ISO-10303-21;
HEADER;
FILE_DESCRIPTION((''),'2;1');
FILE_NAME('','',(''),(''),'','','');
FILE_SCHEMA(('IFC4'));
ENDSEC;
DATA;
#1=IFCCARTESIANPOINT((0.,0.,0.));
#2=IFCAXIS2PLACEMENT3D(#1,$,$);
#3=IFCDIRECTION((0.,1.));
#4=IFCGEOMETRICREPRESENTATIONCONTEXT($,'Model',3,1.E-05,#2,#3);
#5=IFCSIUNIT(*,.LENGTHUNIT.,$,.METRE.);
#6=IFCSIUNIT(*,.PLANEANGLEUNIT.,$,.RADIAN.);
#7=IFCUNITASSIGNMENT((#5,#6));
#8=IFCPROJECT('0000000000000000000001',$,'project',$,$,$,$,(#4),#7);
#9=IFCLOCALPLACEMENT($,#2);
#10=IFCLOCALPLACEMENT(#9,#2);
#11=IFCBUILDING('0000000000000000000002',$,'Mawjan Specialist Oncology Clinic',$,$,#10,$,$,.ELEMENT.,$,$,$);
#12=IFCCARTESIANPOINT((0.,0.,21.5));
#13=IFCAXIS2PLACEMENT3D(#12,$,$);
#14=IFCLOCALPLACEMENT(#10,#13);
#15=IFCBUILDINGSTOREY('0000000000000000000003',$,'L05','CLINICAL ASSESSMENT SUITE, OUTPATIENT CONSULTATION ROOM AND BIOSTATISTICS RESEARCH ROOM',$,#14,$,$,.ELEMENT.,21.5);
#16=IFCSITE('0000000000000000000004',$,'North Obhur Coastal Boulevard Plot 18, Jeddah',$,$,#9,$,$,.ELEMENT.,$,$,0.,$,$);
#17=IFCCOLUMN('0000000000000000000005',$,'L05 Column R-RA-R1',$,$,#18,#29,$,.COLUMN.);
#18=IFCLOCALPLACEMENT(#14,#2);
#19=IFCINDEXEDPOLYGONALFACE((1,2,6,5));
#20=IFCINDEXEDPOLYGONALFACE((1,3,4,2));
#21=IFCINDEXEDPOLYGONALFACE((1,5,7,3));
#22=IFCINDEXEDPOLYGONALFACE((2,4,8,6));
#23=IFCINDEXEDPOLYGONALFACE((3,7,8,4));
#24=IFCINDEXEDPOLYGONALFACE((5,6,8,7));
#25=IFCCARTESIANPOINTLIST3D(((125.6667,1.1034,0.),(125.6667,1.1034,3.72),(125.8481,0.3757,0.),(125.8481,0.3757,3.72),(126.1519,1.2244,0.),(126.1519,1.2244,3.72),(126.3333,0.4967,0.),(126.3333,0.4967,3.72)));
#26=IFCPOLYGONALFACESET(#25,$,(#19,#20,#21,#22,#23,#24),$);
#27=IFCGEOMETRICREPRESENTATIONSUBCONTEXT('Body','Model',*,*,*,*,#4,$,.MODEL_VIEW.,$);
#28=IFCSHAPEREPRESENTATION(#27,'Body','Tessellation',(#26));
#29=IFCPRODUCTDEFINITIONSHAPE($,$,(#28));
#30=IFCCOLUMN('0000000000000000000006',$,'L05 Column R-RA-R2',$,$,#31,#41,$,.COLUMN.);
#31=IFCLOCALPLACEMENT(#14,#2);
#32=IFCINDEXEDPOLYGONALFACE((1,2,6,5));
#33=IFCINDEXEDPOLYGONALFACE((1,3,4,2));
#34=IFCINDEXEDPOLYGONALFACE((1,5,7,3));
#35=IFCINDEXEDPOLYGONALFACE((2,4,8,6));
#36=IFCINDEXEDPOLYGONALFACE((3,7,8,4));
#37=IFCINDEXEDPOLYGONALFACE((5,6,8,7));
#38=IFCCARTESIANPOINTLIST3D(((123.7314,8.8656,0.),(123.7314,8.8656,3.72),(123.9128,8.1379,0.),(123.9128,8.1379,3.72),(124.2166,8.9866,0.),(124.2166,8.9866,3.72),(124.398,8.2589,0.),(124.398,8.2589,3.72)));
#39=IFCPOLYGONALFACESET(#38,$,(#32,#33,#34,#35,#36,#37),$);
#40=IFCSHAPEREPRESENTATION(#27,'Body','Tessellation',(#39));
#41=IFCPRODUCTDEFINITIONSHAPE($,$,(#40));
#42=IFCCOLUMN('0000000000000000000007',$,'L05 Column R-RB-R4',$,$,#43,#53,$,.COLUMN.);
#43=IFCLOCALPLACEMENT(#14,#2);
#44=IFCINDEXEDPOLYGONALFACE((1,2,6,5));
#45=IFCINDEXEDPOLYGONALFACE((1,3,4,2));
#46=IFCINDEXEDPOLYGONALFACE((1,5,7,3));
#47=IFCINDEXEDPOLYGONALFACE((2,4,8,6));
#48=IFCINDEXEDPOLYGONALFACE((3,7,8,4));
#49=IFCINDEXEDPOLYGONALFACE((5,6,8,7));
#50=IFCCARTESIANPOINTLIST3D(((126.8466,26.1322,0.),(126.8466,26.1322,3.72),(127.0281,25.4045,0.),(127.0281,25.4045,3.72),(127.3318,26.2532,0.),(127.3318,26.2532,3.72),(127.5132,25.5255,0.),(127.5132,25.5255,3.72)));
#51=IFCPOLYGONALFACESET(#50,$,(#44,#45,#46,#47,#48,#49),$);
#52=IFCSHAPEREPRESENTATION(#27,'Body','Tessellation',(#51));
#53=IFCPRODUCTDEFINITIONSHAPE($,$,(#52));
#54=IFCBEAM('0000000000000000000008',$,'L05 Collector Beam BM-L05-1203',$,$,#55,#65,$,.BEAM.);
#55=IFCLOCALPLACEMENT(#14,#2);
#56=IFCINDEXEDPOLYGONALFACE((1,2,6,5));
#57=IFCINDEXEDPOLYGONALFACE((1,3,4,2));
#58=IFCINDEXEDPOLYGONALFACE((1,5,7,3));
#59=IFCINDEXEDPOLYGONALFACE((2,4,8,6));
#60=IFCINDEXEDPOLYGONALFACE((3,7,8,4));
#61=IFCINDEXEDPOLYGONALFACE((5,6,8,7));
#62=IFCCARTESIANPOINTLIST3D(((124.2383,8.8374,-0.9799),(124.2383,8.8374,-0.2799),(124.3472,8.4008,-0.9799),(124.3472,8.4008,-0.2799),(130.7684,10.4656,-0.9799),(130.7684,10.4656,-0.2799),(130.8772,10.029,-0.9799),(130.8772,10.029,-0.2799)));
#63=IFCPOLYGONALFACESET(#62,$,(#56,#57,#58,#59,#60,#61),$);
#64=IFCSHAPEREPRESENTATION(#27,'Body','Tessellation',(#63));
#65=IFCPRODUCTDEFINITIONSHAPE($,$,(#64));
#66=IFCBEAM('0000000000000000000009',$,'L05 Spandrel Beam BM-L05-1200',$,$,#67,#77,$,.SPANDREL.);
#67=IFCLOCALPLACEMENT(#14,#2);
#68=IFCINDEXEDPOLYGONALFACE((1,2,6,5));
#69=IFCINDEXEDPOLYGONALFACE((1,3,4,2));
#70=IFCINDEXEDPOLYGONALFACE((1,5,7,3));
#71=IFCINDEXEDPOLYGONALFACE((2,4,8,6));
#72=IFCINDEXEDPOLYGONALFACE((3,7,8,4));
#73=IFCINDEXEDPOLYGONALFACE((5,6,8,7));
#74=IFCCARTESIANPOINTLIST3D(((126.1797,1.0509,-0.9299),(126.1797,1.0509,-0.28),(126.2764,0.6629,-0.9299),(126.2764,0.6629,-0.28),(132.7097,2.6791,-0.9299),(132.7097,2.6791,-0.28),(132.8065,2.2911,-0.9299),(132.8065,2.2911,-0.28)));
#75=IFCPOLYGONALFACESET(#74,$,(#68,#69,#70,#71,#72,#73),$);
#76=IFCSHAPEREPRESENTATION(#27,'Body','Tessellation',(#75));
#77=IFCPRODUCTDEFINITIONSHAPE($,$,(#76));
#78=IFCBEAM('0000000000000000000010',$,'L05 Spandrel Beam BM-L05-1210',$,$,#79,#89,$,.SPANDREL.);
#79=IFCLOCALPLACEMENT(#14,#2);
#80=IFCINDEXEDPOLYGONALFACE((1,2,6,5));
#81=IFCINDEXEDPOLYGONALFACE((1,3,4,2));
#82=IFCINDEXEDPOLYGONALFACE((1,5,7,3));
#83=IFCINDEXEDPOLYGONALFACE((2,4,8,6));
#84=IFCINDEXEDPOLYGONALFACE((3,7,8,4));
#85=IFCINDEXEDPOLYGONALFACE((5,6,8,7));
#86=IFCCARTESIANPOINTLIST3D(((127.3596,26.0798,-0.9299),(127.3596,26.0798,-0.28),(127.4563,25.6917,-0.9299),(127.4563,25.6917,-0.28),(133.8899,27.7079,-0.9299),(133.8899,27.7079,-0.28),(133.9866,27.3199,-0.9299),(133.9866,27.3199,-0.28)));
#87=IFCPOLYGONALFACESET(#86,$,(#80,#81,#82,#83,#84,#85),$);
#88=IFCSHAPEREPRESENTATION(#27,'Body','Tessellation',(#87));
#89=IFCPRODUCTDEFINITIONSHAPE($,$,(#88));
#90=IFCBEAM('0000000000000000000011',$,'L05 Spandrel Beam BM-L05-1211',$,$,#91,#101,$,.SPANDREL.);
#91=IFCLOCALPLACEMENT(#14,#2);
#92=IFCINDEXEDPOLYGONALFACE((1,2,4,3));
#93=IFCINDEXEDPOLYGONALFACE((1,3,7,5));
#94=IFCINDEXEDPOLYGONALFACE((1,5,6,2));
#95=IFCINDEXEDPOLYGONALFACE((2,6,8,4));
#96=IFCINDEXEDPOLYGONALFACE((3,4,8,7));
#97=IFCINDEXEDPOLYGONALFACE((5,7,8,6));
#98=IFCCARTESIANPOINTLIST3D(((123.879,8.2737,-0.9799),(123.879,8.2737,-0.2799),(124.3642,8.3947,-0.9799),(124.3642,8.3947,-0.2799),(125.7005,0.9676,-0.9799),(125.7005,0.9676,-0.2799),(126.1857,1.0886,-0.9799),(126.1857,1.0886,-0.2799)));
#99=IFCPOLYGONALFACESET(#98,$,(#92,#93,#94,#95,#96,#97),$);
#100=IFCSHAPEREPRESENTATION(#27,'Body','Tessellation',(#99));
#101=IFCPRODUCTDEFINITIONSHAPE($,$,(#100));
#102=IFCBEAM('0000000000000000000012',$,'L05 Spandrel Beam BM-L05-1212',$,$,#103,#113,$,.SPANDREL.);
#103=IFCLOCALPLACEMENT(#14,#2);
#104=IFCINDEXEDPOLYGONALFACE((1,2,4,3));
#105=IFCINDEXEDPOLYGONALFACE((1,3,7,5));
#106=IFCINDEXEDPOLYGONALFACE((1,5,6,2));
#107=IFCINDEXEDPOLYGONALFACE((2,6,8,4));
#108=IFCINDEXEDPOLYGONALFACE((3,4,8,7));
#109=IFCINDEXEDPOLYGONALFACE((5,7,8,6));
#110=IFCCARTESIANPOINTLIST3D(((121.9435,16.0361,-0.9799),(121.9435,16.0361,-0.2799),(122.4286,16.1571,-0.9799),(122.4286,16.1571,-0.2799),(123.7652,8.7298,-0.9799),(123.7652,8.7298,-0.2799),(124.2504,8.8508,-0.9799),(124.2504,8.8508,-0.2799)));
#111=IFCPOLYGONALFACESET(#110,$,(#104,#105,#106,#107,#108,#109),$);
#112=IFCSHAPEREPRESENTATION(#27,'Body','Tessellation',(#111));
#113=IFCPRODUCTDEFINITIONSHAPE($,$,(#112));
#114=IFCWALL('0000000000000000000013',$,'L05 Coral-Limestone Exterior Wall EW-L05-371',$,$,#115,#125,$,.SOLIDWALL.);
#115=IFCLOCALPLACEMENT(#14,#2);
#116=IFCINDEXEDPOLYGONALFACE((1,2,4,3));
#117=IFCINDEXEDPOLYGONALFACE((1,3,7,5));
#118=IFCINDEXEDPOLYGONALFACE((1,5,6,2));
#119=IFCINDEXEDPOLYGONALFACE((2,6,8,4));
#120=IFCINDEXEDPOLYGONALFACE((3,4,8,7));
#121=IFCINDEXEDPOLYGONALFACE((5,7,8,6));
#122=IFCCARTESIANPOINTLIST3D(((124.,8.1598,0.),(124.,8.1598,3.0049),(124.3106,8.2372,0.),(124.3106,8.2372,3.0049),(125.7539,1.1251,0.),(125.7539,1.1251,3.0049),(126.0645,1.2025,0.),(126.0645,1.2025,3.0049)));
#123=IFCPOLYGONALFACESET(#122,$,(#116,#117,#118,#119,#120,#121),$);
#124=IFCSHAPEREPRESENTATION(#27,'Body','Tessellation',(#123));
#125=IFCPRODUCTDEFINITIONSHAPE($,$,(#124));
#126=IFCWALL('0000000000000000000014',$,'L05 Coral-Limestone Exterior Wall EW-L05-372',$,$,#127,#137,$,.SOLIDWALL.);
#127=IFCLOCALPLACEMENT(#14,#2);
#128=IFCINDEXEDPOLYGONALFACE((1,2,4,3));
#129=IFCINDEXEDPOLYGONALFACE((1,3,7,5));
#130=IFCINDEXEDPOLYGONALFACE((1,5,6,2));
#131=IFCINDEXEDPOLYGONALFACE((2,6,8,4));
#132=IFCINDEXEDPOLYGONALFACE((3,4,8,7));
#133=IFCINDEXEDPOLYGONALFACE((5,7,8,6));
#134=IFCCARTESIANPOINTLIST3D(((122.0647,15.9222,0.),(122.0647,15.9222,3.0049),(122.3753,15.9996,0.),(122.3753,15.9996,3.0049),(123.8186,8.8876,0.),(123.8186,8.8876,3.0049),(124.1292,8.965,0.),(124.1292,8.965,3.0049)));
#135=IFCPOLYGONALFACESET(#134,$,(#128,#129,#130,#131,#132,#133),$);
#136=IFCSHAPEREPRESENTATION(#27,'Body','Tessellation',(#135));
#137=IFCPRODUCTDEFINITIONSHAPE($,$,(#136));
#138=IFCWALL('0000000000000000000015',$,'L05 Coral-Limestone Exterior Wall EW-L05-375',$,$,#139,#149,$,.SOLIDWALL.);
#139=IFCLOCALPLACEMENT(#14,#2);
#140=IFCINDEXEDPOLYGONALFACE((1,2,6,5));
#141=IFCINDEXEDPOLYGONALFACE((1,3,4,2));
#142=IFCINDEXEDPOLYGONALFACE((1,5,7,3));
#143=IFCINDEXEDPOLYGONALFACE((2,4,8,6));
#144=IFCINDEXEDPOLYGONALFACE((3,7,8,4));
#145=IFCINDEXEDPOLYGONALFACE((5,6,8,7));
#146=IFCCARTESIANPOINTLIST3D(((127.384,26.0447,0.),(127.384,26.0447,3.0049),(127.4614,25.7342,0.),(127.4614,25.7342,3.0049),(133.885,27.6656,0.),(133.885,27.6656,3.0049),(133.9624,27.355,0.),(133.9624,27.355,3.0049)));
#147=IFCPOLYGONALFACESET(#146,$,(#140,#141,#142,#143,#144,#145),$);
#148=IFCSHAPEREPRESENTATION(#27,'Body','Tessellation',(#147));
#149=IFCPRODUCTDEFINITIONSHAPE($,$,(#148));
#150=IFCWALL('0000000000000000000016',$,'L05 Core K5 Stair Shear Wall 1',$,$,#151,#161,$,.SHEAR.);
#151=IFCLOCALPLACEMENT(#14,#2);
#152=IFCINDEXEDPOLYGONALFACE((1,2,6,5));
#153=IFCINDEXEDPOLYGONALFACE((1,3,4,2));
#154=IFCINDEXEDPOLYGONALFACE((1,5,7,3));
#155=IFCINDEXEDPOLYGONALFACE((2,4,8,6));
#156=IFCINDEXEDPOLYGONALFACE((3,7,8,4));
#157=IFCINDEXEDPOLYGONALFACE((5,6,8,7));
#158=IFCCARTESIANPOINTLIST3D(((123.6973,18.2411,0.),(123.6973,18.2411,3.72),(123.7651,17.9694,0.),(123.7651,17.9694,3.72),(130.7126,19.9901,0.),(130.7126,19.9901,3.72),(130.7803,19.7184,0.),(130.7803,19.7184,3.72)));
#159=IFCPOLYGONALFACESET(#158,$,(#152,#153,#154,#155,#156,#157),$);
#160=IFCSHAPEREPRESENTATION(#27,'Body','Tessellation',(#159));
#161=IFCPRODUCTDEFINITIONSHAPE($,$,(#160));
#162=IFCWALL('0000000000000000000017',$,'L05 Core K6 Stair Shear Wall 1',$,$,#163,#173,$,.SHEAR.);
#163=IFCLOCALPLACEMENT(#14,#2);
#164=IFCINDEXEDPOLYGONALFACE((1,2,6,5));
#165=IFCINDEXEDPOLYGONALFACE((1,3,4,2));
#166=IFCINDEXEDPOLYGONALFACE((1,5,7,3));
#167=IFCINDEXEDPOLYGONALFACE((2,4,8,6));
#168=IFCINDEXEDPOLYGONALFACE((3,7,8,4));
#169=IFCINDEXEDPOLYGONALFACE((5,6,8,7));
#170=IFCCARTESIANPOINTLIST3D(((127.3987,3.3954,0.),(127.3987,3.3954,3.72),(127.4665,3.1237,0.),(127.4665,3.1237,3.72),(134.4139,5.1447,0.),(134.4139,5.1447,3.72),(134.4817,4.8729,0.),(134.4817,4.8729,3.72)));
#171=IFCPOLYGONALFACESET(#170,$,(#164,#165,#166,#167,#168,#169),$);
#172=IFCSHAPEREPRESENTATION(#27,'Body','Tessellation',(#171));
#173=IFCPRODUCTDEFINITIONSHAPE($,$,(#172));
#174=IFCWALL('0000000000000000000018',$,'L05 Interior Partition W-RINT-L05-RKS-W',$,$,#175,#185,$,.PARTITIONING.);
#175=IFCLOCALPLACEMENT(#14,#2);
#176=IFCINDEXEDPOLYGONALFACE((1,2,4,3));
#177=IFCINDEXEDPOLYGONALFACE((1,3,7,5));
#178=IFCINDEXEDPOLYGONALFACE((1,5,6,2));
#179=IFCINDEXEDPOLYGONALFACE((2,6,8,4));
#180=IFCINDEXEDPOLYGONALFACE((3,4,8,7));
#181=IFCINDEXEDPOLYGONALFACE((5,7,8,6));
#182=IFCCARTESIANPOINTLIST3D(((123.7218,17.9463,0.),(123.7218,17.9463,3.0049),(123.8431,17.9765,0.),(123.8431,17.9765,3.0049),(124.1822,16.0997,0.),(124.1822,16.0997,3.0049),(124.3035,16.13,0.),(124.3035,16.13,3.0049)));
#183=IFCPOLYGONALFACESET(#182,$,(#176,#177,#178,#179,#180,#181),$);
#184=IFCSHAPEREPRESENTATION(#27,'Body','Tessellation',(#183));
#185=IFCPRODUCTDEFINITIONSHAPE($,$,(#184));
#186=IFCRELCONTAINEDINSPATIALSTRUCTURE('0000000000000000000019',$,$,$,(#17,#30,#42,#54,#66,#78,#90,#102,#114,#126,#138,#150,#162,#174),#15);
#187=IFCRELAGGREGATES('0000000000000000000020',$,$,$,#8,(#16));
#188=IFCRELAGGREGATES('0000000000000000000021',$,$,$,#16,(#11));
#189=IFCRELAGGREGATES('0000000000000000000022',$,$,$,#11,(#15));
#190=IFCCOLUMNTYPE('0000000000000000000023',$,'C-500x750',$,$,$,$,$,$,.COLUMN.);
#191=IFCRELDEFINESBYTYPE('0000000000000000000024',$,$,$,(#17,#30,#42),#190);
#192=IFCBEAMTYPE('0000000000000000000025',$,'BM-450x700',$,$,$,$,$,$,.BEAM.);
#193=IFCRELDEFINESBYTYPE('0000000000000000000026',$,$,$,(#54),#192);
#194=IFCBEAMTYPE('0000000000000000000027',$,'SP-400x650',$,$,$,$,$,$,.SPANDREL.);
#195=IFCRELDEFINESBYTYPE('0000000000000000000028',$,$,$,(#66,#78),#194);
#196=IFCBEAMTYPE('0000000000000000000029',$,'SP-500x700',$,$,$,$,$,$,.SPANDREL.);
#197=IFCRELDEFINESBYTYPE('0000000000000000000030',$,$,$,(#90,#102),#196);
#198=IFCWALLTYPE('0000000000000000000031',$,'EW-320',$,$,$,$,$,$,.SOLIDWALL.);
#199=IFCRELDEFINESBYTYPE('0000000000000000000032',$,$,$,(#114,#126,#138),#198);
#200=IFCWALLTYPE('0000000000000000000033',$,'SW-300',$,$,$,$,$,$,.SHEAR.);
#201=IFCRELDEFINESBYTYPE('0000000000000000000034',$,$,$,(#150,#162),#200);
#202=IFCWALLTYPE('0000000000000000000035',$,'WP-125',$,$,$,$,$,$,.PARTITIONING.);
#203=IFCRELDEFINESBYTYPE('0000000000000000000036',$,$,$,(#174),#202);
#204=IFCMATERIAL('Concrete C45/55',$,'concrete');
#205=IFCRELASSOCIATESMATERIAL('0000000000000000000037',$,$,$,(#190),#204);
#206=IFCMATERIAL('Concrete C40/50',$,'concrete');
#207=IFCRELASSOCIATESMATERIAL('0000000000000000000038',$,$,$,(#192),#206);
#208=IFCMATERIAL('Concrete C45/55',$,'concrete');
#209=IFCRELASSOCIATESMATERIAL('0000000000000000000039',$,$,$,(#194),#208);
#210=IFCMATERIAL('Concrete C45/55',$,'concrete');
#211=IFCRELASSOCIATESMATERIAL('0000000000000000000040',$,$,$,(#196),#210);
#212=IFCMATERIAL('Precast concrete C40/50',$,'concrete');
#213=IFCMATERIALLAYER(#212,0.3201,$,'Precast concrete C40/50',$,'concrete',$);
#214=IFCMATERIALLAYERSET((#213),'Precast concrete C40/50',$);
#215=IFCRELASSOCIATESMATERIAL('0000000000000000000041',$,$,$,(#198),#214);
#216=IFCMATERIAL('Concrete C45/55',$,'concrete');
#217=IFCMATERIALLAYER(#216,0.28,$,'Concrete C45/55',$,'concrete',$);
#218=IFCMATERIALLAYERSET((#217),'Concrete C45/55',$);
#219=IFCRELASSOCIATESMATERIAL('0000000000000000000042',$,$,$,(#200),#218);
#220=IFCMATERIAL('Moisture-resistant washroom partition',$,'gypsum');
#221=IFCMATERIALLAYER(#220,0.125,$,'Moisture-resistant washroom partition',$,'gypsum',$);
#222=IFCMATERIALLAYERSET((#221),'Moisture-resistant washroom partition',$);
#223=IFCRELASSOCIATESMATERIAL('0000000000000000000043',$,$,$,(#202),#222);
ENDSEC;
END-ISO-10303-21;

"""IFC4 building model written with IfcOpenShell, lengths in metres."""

from ifc_helpers import new_model, si_unit, direction, frame, frame_2d, origin, origin_2d, place, context, subcontext, project, spatial, rectangle, extrude, material, layer, layer_set, material_profile, profile_set, type_object, element, save


model = new_model("IFC4")

# Units and contexts
model_context = context("Model", 3, precision=1e-05, world=origin(), true_north=direction((0.0, 1.0)))
body_context = subcontext(model_context, "Body", "Model", "MODEL_VIEW")
ifc_project = project(units=[si_unit("LENGTHUNIT", "METRE"), si_unit("PLANEANGLEUNIT", "RADIAN")], contexts=[model_context])

# Site, building, storey
site_placement = place(None, origin())
site = spatial("IfcSite", under=ifc_project, at=site_placement, Name="North Obhur Coastal Boulevard Plot 18, Jeddah", CompositionType="ELEMENT", RefElevation=0.0)
building_placement = place(site_placement, origin())
building = spatial("IfcBuilding", under=site, at=building_placement, Name="Mawjan Specialist Oncology Clinic", CompositionType="ELEMENT")
storey_placement = place(building_placement, frame((0.0, 0.0, 21.5)))
storey = spatial("IfcBuildingStorey", under=building, at=storey_placement, Name="L05", Description="CLINICAL ASSESSMENT SUITE, OUTPATIENT CONSULTATION ROOM AND BIOSTATISTICS RESEARCH ROOM", CompositionType="ELEMENT", Elevation=21.5)

# Columns
ifc_material_1 = material(Name="Concrete C45/55", Category="concrete")
ifc_material_profile_1 = material_profile(ifc_material_1, rectangle(XDim=0.5, YDim=0.75, at=origin_2d()), Name="RC COL 500x750", Category="concrete")
ifc_profile_set_1 = profile_set([ifc_material_profile_1], Name="Concrete C45/55")
column_type = type_object("IfcColumnType", Name="C-500x750", PredefinedType="COLUMN", material=ifc_profile_set_1)
for number, where, z_axis, x_axis, name in (
    (1, (126.0, 0.8, 0.0), (0.0, 0.0, 1.0), (0.970296, 0.241922, 0.0), "L05 Column R-RA-R1"),
    (2, (124.0647, 8.5623, 0.0), (0.0, 0.0, 1.0), (0.970296, 0.241922, 0.0), "L05 Column R-RA-R2"),
    (3, (127.1799, 25.8289, 0.0), (0.0, 0.0, 1.0), (0.970296, 0.241922, 0.0), "L05 Column R-RB-R4"),
):
    element("IfcColumn", number, at=place(storey_placement, frame(where, z_axis=z_axis, x_axis=x_axis)), inside=storey, type_object=column_type, Name=name, PredefinedType="COLUMN", context=body_context, shape_type="SweptSolid", body=[
        extrude(rectangle(XDim=0.5, YDim=0.75, at=origin_2d()), origin(), (0.0, 0.0, 1.0), 3.72),
    ])

# Beams
ifc_material_2 = material(Name="Concrete C40/50", Category="concrete")
ifc_material_profile_2 = material_profile(ifc_material_2, rectangle(XDim=0.45, YDim=0.7, at=origin_2d()), Name="RC BM 450x700", Category="concrete")
ifc_profile_set_2 = profile_set([ifc_material_profile_2], Name="Concrete C40/50")
beam_type_1 = type_object("IfcBeamType", Name="BM-450x700", PredefinedType="BEAM", material=ifc_profile_set_2)
beam_1_placement = place(storey_placement, frame((124.2927, 8.6191, -0.6299), z_axis=(0.970294, 0.24193, 0.0), x_axis=(-0.24193, 0.970294, 0.0)))
element("IfcBeam", 4, at=beam_1_placement, inside=storey, type_object=beam_type_1, Name="L05 Collector Beam BM-L05-1203", PredefinedType="BEAM", context=body_context, shape_type="SweptSolid", body=[
    extrude(rectangle(XDim=0.45, YDim=0.7, at=origin_2d()), origin(), (0.0, 0.0, 1.0), 6.73),
])
ifc_material_3 = material(Name="Concrete C45/55", Category="concrete")
ifc_material_profile_3 = material_profile(ifc_material_3, rectangle(XDim=0.3999, YDim=0.6499, at=origin_2d()), Name="RC BM 400x650", Category="concrete")
ifc_profile_set_3 = profile_set([ifc_material_profile_3], Name="Concrete C45/55")
beam_type_2 = type_object("IfcBeamType", Name="SP-400x650", PredefinedType="SPANDREL", material=ifc_profile_set_3)
beam_2_placement = place(storey_placement, frame((126.228, 0.8569, -0.605), z_axis=(0.970294, 0.24193, 0.0), x_axis=(-0.24193, 0.970294, 0.0)))
element("IfcBeam", 5, at=beam_2_placement, inside=storey, type_object=beam_type_2, Name="L05 Spandrel Beam BM-L05-1200", PredefinedType="SPANDREL", context=body_context, shape_type="SweptSolid", body=[
    extrude(rectangle(XDim=0.3999, YDim=0.6499, at=origin_2d()), origin(), (0.0, 0.0, 1.0), 6.73),
])
beam_3_placement = place(storey_placement, frame((127.408, 25.8857, -0.605), z_axis=(0.970296, 0.241921, 0.0), x_axis=(-0.241921, 0.970296, 0.0)))
element("IfcBeam", 6, at=beam_3_placement, inside=storey, type_object=beam_type_2, Name="L05 Spandrel Beam BM-L05-1210", PredefinedType="SPANDREL", context=body_context, shape_type="SweptSolid", body=[
    extrude(rectangle(XDim=0.3999, YDim=0.6499, at=origin_2d()), origin(), (0.0, 0.0, 1.0), 6.7302),
])
ifc_material_4 = material(Name="Concrete C45/55", Category="concrete")
ifc_material_profile_4 = material_profile(ifc_material_4, rectangle(XDim=0.5, YDim=0.7, at=origin_2d()), Name="RC BM 500x700", Category="concrete")
ifc_profile_set_4 = profile_set([ifc_material_profile_4], Name="Concrete C45/55")
beam_type_3 = type_object("IfcBeamType", Name="SP-500x700", PredefinedType="SPANDREL", material=ifc_profile_set_4)
beam_4_placement = place(storey_placement, frame((125.9431, 1.0281, -0.6299), z_axis=(-0.24191, 0.970299, 0.0), x_axis=(-0.970299, -0.24191, 0.0)))
element("IfcBeam", 7, at=beam_4_placement, inside=storey, type_object=beam_type_3, Name="L05 Spandrel Beam BM-L05-1211", PredefinedType="SPANDREL", context=body_context, shape_type="SweptSolid", body=[
    extrude(rectangle(XDim=0.5, YDim=0.7, at=origin_2d()), origin(), (0.0, 0.0, 1.0), 7.5298),
])
beam_5_placement = place(storey_placement, frame((124.0078, 8.7903, -0.6299), z_axis=(-0.241933, 0.970293, 0.0), x_axis=(-0.970293, -0.241933, 0.0)))
element("IfcBeam", 8, at=beam_5_placement, inside=storey, type_object=beam_type_3, Name="L05 Spandrel Beam BM-L05-1212", PredefinedType="SPANDREL", context=body_context, shape_type="SweptSolid", body=[
    extrude(rectangle(XDim=0.5, YDim=0.7, at=origin_2d()), origin(), (0.0, 0.0, 1.0), 7.53),
])

# Walls
ifc_material_5 = material(Name="Precast concrete C40/50", Category="concrete")
ifc_layer_1 = layer(ifc_material_5, 0.3201, Name="Precast concrete C40/50", Category="concrete")
ifc_layer_set_1 = layer_set([ifc_layer_1], Name="Precast concrete C40/50")
wall_type_1 = type_object("IfcWallType", Name="EW-320", PredefinedType="SOLIDWALL", material=ifc_layer_set_1)
for number, where, z_axis, x_axis, name in (
    (9, (125.9092, 1.1638, 0.0), (0.0, 0.0, 1.0), (-0.241918, 0.970297, 0.0), "L05 Coral-Limestone Exterior Wall EW-L05-371"),
    (10, (123.9739, 8.9263, 0.0), (0.0, 0.0, 1.0), (-0.241918, 0.970297, 0.0), "L05 Coral-Limestone Exterior Wall EW-L05-372"),
):
    element("IfcWall", number, at=place(storey_placement, frame(where, z_axis=z_axis, x_axis=x_axis)), inside=storey, type_object=wall_type_1, Name=name, PredefinedType="SOLIDWALL", context=body_context, shape_type="SweptSolid", body=[
        extrude(rectangle(XDim=7.25, YDim=0.3201, at=frame_2d((3.625, 0.0))), origin(), (0.0, 0.0, 1.0), 3.0049),
    ])
wall_1_placement = place(storey_placement, frame((127.4226, 25.8894, 0.0), z_axis=(0.0, 0.0, 1.0), x_axis=(0.970297, 0.241918, 0.0)))
element("IfcWall", 11, at=wall_1_placement, inside=storey, type_object=wall_type_1, Name="L05 Coral-Limestone Exterior Wall EW-L05-375", PredefinedType="SOLIDWALL", context=body_context, shape_type="SweptSolid", body=[
    extrude(rectangle(XDim=6.7, YDim=0.3201, at=frame_2d((3.3501, 0.0))), origin(), (0.0, 0.0, 1.0), 3.0049),
])
ifc_material_6 = material(Name="Concrete C45/55", Category="concrete")
ifc_layer_2 = layer(ifc_material_6, 0.28, Name="Concrete C45/55", Category="concrete")
ifc_layer_set_2 = layer_set([ifc_layer_2], Name="Concrete C45/55")
wall_type_2 = type_object("IfcWallType", Name="SW-300", PredefinedType="SHEAR", material=ifc_layer_set_2)
wall_2_placement = place(storey_placement, frame((123.7312, 18.1052, 0.0), z_axis=(0.0, 0.0, 1.0), x_axis=(0.970297, 0.241916, 0.0)))
element("IfcWall", 12, at=wall_2_placement, inside=storey, type_object=wall_type_2, Name="L05 Core K5 Stair Shear Wall 1", PredefinedType="SHEAR", context=body_context, shape_type="SweptSolid", body=[
    extrude(rectangle(XDim=7.23, YDim=0.28, at=frame_2d((3.615, 0.0))), origin(), (0.0, 0.0, 1.0), 3.72),
])

# Wall
wall_3_placement = place(storey_placement, frame((127.4326, 3.2595, 0.0), z_axis=(0.0, 0.0, 1.0), x_axis=(0.970289, 0.241948, 0.0)))
element("IfcWall", 13, at=wall_3_placement, inside=storey, type_object=wall_type_2, Name="L05 Core K6 Stair Shear Wall 1", PredefinedType="SHEAR", context=body_context, shape_type="SweptSolid", body=[
    extrude(rectangle(XDim=7.23, YDim=0.28, at=frame_2d((3.615, 0.0))), origin(), (0.0, 0.0, 1.0), 3.72),
])

# Wall
ifc_material_7 = material(Name="Moisture-resistant washroom partition", Category="gypsum")
ifc_layer_3 = layer(ifc_material_7, 0.125, Name="Moisture-resistant washroom partition", Category="gypsum")
ifc_layer_set_3 = layer_set([ifc_layer_3], Name="Moisture-resistant washroom partition")
wall_type_3 = type_object("IfcWallType", Name="WP-125", PredefinedType="PARTITIONING", material=ifc_layer_set_3)
wall_4_placement = place(storey_placement, frame((124.2429, 16.1147, 0.0), z_axis=(0.0, 0.0, 1.0), x_axis=(-0.241962, 0.970286, 0.0)))
element("IfcWall", 14, at=wall_4_placement, inside=storey, type_object=wall_type_3, Name="L05 Interior Partition W-RINT-L05-RKS-W", PredefinedType="PARTITIONING", context=body_context, shape_type="SweptSolid", body=[
    extrude(rectangle(XDim=1.9031, YDim=0.125, at=frame_2d((0.9517, 0.0))), origin(), (0.0, 0.0, 1.0), 3.0049),
])

save(model, "model.ifc")
